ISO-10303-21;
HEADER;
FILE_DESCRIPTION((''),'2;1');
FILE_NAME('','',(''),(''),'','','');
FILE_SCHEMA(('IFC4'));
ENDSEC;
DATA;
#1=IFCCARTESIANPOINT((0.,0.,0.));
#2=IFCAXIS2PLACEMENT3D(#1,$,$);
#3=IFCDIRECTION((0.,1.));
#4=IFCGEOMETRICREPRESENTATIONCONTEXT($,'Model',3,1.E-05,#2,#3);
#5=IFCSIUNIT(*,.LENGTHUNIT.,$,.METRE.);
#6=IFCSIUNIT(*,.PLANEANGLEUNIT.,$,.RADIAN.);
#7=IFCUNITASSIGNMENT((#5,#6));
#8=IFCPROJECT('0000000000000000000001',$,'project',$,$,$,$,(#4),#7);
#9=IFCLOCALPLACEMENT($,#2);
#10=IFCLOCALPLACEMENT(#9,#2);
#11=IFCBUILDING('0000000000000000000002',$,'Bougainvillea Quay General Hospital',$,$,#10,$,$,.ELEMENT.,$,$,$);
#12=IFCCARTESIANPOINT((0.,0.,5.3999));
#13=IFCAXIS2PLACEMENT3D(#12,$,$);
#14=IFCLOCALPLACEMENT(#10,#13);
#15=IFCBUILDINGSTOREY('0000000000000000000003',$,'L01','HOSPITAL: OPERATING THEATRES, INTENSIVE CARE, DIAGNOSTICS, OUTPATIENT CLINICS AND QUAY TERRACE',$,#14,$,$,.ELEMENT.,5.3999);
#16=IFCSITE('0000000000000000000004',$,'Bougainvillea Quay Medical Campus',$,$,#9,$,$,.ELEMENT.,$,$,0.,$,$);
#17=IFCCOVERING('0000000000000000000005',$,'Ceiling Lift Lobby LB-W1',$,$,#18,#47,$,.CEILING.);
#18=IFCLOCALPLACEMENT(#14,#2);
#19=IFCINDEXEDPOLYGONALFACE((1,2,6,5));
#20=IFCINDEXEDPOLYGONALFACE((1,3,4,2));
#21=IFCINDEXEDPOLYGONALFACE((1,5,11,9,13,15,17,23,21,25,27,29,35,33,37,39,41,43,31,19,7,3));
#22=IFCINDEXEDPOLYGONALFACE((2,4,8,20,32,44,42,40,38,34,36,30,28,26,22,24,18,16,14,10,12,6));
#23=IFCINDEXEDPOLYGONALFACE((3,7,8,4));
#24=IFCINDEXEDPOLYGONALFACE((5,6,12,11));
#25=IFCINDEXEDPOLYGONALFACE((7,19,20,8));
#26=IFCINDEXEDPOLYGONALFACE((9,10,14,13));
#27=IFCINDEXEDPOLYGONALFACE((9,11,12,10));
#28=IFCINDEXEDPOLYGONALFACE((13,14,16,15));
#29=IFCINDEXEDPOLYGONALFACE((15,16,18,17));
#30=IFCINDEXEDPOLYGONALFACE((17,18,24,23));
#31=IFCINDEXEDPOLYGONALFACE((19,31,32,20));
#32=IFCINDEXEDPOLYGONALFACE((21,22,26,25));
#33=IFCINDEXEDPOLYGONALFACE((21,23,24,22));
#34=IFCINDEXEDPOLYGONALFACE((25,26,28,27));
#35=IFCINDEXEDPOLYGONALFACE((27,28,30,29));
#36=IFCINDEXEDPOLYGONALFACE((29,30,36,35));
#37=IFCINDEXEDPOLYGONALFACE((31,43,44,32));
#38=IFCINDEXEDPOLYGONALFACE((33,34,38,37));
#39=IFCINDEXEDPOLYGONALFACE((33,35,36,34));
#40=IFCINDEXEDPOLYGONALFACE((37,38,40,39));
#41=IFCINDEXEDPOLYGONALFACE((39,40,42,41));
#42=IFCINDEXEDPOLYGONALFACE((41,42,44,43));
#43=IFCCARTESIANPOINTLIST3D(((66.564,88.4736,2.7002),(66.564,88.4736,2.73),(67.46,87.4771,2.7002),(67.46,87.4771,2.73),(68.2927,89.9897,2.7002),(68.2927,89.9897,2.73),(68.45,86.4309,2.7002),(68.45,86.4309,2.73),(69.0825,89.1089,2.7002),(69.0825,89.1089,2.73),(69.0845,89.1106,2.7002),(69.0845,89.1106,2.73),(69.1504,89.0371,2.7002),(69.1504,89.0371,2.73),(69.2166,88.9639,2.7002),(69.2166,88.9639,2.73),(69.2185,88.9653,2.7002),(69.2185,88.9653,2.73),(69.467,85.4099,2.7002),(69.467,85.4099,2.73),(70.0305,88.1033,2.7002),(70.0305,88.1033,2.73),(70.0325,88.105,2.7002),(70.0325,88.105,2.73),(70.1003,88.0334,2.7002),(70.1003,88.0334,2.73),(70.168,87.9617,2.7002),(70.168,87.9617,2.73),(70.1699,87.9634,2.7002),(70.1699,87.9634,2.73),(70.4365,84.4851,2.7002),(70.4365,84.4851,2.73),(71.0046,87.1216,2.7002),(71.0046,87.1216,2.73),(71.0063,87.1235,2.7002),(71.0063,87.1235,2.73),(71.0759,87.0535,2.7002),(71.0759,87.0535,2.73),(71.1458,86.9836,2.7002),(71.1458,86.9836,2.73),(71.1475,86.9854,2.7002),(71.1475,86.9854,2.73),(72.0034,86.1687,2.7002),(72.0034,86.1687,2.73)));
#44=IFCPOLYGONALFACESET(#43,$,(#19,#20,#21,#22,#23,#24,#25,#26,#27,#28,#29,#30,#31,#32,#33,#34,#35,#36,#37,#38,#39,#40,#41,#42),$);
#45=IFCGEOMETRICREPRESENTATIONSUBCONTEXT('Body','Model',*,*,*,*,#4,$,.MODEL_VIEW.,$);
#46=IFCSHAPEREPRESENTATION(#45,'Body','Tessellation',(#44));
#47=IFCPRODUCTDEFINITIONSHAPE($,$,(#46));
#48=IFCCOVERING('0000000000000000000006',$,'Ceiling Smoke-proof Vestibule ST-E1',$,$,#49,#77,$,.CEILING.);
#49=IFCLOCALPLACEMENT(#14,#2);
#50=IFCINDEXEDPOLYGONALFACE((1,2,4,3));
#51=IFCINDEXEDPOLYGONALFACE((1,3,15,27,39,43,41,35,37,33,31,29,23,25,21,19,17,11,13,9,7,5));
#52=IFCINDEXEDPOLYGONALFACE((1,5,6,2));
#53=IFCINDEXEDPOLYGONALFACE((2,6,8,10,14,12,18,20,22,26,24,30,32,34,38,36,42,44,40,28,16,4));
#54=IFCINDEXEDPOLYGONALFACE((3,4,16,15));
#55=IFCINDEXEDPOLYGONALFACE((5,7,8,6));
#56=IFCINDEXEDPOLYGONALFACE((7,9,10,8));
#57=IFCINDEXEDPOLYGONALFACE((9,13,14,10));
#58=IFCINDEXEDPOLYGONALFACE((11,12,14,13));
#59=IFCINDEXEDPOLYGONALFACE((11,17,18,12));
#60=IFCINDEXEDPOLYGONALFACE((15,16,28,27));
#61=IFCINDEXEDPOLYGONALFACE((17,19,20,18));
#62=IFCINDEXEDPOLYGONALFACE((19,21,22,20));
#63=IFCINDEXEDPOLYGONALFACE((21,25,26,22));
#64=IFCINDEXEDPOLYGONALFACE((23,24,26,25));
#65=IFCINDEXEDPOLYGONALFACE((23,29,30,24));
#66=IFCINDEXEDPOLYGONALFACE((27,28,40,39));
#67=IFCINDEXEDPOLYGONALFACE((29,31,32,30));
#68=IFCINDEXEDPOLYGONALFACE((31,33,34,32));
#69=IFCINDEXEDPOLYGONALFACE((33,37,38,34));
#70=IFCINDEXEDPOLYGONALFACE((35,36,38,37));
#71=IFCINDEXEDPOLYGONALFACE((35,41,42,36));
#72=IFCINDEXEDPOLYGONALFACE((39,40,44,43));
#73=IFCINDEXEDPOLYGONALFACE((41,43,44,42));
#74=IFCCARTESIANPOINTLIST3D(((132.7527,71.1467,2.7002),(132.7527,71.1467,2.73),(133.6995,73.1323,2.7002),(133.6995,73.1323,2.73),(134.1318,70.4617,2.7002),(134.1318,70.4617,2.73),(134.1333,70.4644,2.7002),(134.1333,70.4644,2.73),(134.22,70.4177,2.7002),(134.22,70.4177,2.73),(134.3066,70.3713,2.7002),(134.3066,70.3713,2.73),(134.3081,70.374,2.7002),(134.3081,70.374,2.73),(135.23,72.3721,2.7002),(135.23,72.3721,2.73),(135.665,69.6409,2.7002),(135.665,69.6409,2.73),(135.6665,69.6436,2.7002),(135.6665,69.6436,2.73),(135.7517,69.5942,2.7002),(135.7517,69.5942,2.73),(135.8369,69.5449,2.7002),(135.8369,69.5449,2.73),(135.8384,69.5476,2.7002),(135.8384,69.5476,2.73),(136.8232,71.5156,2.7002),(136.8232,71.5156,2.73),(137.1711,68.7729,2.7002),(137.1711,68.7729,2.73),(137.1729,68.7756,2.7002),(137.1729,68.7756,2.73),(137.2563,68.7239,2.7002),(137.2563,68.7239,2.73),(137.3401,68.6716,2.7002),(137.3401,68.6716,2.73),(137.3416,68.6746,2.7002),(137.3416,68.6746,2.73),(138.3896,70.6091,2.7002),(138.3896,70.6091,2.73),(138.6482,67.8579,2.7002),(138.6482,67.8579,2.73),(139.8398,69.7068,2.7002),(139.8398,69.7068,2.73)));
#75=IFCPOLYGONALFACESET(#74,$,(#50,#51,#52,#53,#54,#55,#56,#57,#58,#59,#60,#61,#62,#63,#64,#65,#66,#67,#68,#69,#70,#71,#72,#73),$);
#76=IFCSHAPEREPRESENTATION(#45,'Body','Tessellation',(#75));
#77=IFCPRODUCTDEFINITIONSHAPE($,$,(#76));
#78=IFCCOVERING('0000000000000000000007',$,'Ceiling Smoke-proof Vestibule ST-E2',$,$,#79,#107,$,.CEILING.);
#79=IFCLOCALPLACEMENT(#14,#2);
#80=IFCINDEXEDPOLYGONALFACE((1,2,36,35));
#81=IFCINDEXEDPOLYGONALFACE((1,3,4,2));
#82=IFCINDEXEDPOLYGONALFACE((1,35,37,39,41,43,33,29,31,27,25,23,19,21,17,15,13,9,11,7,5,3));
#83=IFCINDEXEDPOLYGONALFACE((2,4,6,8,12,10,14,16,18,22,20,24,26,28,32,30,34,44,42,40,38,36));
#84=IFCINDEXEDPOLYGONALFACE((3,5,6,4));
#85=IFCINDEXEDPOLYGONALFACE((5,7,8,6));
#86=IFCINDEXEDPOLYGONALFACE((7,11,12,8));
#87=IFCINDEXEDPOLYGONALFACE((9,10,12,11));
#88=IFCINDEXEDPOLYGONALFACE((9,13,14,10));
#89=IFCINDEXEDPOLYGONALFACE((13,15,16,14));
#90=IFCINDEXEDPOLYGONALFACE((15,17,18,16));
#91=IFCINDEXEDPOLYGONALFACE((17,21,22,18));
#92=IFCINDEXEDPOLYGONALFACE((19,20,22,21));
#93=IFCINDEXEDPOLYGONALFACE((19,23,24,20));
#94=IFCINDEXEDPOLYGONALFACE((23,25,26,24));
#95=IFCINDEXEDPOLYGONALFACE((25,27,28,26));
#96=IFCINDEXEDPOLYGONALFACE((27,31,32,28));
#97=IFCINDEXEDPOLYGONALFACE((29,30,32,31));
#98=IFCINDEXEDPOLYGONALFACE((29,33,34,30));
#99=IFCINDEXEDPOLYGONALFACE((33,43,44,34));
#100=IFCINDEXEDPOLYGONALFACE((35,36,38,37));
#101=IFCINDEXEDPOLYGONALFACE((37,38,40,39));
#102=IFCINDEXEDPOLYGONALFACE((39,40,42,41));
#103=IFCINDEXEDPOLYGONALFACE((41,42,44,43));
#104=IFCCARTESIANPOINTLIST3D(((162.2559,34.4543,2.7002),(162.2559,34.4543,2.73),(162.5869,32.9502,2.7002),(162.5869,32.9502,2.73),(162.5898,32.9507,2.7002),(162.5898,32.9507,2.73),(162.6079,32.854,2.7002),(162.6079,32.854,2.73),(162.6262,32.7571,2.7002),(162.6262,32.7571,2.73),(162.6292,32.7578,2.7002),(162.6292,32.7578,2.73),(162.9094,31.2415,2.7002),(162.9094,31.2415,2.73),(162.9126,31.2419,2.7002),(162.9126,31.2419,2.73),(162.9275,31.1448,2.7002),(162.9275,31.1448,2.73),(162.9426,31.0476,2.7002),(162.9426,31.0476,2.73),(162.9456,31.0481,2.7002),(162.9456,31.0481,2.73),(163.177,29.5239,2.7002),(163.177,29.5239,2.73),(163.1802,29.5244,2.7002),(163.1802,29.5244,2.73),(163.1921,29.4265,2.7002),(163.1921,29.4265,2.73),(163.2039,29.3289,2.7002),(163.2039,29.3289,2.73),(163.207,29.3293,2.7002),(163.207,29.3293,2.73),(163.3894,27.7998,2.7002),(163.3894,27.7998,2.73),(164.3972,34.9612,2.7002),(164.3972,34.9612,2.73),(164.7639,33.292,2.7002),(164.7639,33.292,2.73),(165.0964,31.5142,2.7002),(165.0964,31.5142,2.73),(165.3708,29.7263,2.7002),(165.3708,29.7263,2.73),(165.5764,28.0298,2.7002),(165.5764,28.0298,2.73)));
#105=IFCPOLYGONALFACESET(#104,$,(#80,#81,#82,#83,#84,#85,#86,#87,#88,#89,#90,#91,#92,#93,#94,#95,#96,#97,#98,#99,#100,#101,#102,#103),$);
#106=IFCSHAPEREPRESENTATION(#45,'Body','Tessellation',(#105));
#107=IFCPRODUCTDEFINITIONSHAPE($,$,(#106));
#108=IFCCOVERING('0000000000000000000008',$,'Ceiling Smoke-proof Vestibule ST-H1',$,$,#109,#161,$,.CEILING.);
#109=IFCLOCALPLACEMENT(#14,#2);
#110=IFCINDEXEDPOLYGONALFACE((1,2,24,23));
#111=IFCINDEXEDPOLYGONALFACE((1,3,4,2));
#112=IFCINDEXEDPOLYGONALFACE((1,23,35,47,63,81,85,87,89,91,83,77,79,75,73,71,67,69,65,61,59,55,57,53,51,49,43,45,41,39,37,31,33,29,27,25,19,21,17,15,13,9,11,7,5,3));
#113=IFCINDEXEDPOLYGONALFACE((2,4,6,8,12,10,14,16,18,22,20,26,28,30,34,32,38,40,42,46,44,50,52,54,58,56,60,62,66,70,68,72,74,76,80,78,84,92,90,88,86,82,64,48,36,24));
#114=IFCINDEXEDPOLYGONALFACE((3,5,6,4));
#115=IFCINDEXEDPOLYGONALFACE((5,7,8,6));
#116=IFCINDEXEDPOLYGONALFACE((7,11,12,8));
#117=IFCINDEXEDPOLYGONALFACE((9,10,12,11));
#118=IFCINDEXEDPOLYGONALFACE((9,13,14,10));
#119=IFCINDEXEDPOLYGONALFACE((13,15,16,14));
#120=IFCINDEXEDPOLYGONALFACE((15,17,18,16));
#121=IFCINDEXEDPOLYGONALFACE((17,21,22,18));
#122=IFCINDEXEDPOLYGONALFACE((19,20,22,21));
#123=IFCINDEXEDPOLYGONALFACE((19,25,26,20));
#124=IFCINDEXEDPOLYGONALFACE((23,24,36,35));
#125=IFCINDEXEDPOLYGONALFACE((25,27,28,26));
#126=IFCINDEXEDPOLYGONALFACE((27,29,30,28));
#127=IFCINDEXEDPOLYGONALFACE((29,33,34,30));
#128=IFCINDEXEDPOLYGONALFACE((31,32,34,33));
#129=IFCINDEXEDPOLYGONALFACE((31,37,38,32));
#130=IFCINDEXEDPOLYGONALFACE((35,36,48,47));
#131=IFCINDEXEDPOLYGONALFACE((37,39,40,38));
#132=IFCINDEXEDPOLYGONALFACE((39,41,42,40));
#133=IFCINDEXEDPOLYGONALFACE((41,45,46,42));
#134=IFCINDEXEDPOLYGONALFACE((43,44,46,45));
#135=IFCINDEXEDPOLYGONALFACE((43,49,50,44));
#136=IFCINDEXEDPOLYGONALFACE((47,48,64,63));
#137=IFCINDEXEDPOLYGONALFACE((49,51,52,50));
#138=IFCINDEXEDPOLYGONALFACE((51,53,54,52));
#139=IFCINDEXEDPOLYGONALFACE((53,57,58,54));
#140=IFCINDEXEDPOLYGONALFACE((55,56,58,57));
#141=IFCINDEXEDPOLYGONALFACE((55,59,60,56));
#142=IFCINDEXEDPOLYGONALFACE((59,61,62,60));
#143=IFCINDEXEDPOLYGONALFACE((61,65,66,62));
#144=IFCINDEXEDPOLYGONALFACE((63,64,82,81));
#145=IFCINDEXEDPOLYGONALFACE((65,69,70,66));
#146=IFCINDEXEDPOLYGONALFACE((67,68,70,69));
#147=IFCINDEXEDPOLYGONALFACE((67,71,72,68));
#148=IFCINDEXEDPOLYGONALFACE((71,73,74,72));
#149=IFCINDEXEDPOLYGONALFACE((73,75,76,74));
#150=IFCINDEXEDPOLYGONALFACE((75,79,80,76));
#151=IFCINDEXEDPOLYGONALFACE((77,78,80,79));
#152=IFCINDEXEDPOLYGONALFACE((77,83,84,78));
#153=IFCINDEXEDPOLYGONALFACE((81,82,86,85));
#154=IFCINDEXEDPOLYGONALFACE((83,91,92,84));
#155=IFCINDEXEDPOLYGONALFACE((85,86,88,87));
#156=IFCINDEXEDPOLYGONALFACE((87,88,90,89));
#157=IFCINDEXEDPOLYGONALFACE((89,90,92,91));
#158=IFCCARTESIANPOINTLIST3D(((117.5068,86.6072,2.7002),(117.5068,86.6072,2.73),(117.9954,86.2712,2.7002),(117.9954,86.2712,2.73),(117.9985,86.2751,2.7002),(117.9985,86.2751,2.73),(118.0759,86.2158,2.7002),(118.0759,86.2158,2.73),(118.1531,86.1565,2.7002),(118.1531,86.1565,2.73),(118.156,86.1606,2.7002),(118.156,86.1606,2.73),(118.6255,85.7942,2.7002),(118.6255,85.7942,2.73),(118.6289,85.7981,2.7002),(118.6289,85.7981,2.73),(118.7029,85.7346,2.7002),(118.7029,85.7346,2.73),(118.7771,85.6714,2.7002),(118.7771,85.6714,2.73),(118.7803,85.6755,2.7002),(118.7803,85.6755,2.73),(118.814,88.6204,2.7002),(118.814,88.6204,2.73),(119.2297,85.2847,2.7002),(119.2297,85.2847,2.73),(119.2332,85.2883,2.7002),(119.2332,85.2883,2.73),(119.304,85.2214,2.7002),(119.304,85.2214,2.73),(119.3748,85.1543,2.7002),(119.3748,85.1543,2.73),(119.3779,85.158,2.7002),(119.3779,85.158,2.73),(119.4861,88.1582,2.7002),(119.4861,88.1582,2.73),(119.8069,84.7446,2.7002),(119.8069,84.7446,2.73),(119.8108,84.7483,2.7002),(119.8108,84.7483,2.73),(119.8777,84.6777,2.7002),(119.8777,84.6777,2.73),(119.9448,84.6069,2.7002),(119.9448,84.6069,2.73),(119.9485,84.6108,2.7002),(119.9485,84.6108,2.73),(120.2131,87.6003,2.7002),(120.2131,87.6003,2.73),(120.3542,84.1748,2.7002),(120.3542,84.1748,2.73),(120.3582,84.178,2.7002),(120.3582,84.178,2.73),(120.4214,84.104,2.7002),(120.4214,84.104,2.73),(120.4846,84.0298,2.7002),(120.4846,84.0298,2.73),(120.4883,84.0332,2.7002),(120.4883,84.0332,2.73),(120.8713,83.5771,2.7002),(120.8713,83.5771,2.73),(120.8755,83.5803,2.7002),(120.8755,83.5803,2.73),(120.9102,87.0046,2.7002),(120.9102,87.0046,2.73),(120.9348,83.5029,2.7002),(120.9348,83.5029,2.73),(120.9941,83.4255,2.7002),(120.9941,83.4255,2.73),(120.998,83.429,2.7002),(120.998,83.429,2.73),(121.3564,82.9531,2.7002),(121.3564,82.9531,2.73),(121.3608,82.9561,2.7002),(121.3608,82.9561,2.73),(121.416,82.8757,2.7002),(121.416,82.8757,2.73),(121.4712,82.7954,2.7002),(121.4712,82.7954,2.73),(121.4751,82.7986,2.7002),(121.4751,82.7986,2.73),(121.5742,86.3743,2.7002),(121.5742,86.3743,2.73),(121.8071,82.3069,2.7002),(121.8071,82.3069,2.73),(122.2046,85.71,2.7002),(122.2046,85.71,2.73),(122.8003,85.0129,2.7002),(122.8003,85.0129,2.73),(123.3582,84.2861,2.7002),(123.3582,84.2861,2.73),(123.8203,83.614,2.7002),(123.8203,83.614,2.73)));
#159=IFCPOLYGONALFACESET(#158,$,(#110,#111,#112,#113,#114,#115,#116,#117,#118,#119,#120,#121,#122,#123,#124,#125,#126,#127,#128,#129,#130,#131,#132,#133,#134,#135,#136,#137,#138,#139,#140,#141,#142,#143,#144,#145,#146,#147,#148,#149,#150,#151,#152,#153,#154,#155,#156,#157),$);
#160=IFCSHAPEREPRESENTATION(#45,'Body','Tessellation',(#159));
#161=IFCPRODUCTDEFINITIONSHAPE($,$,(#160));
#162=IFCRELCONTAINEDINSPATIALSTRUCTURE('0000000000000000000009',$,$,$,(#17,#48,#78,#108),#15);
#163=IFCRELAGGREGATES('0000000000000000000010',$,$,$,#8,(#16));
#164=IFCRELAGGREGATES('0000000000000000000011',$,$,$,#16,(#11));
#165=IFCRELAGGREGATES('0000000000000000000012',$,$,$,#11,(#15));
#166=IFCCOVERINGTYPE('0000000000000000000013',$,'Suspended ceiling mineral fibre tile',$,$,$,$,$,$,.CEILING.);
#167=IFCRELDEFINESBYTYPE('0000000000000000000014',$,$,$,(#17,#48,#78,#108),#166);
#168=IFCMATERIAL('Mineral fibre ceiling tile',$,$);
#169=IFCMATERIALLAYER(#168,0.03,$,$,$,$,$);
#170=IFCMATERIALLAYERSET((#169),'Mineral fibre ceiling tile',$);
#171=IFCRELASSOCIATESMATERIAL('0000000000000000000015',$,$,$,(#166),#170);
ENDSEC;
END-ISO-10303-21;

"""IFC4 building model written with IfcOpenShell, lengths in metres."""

from ifc_helpers import new_model, si_unit, direction, frame, origin, place, context, subcontext, project, spatial, polyline, outline, extrude, material, layer, layer_set, type_object, element, save


model = new_model("IFC4")

# Units and contexts
model_context = context("Model", 3, precision=1e-05, world=origin(), true_north=direction((0.0, 1.0)))
body_context = subcontext(model_context, "Body", "Model", "MODEL_VIEW")
ifc_project = project(units=[si_unit("LENGTHUNIT", "METRE"), si_unit("PLANEANGLEUNIT", "RADIAN")], contexts=[model_context])

# Site, building, storey
site_placement = place(None, origin())
site = spatial("IfcSite", under=ifc_project, at=site_placement, Name="Bougainvillea Quay Medical Campus", CompositionType="ELEMENT", RefElevation=0.0)
building_placement = place(site_placement, origin())
building = spatial("IfcBuilding", under=site, at=building_placement, Name="Bougainvillea Quay General Hospital", CompositionType="ELEMENT")
storey_placement = place(building_placement, frame((0.0, 0.0, 5.3999)))
storey = spatial("IfcBuildingStorey", under=building, at=storey_placement, Name="L01", Description="HOSPITAL: OPERATING THEATRES, INTENSIVE CARE, DIAGNOSTICS, OUTPATIENT CLINICS AND QUAY TERRACE", CompositionType="ELEMENT", Elevation=5.3999)

# Coverings
ifc_material = material(Name="Mineral fibre ceiling tile")
ifc_layer = layer(ifc_material, 0.03)
ifc_layer_set = layer_set([ifc_layer], Name="Mineral fibre ceiling tile")
covering_type = type_object("IfcCoveringType", Name="Suspended ceiling mineral fibre tile", PredefinedType="CEILING", material=ifc_layer_set)
covering_1_placement = place(storey_placement, frame((0.0, 0.0, 2.7002)))
element("IfcCovering", 1, at=covering_1_placement, inside=storey, type_object=covering_type, Name="Ceiling Lift Lobby LB-W1", PredefinedType="CEILING", context=body_context, shape_type="SweptSolid", body=[
    extrude(outline(polyline([(70.4365, 84.4851), (72.0034, 86.1687), (71.1475, 86.9854), (71.1458, 86.9836), (71.0759, 87.0535), (71.0046, 87.1216), (71.0063, 87.1235), (70.1699, 87.9634), (70.168, 87.9617), (70.1003, 88.0334), (70.0305, 88.1033), (70.0325, 88.105), (69.2185, 88.9653), (69.2166, 88.9639), (69.1504, 89.0371), (69.0825, 89.1089), (69.0845, 89.1106), (68.2927, 89.9897), (66.564, 88.4736), (67.46, 87.4771), (68.45, 86.4309), (69.467, 85.4099), (70.4365, 84.4851)])), origin(), (0.0, 0.0, 1.0), 0.0298),
])
covering_2_placement = place(storey_placement, frame((0.0, 0.0, 2.7002)))
element("IfcCovering", 2, at=covering_2_placement, inside=storey, type_object=covering_type, Name="Ceiling Smoke-proof Vestibule ST-E1", PredefinedType="CEILING", context=body_context, shape_type="SweptSolid", body=[
    extrude(outline(polyline([(134.1318, 70.4617), (134.1333, 70.4644), (134.22, 70.4177), (134.3081, 70.374), (134.3066, 70.3713), (135.665, 69.6409), (135.6665, 69.6436), (135.7517, 69.5942), (135.8384, 69.5476), (135.8369, 69.5449), (137.1711, 68.7729), (137.1729, 68.7756), (137.2563, 68.7239), (137.3416, 68.6746), (137.3401, 68.6716), (138.6482, 67.8579), (139.8398, 69.7068), (138.3896, 70.6091), (136.8232, 71.5156), (135.23, 72.3721), (133.6995, 73.1323), (132.7527, 71.1467), (134.1318, 70.4617)])), origin(), (0.0, 0.0, 1.0), 0.0298),
])
covering_3_placement = place(storey_placement, frame((0.0, 0.0, 2.7002)))
element("IfcCovering", 3, at=covering_3_placement, inside=storey, type_object=covering_type, Name="Ceiling Smoke-proof Vestibule ST-E2", PredefinedType="CEILING", context=body_context, shape_type="SweptSolid", body=[
    extrude(outline(polyline([(162.2559, 34.4543), (162.5869, 32.9502), (162.5898, 32.9507), (162.6079, 32.854), (162.6292, 32.7578), (162.6262, 32.7571), (162.9094, 31.2415), (162.9126, 31.2419), (162.9275, 31.1448), (162.9456, 31.0481), (162.9426, 31.0476), (163.177, 29.5239), (163.1802, 29.5244), (163.1921, 29.4265), (163.207, 29.3293), (163.2039, 29.3289), (163.3894, 27.7998), (165.5764, 28.0298), (165.3708, 29.7263), (165.0964, 31.5142), (164.7639, 33.292), (164.3972, 34.9612), (162.2559, 34.4543)])), origin(), (0.0, 0.0, 1.0), 0.0298),
])
covering_4_placement = place(storey_placement, frame((0.0, 0.0, 2.7002)))
element("IfcCovering", 4, at=covering_4_placement, inside=storey, type_object=covering_type, Name="Ceiling Smoke-proof Vestibule ST-H1", PredefinedType="CEILING", context=body_context, shape_type="SweptSolid", body=[
    extrude(outline(polyline([(120.8713, 83.5771), (120.8755, 83.5803), (120.9348, 83.5029), (120.998, 83.429), (120.9941, 83.4255), (121.3564, 82.9531), (121.3608, 82.9561), (121.416, 82.8757), (121.4751, 82.7986), (121.4712, 82.7954), (121.8071, 82.3069), (123.8203, 83.614), (123.3582, 84.2861), (122.8003, 85.0129), (122.2046, 85.71), (121.5742, 86.3743), (120.9102, 87.0046), (120.2131, 87.6003), (119.4861, 88.1582), (118.814, 88.6204), (117.5068, 86.6072), (117.9954, 86.2712), (117.9985, 86.2751), (118.0759, 86.2158), (118.156, 86.1606), (118.1531, 86.1565), (118.6255, 85.7942), (118.6289, 85.7981), (118.7029, 85.7346), (118.7803, 85.6755), (118.7771, 85.6714), (119.2297, 85.2847), (119.2332, 85.2883), (119.304, 85.2214), (119.3779, 85.158), (119.3748, 85.1543), (119.8069, 84.7446), (119.8108, 84.7483), (119.8777, 84.6777), (119.9485, 84.6108), (119.9448, 84.6069), (120.3542, 84.1748), (120.3582, 84.178), (120.4214, 84.104), (120.4883, 84.0332), (120.4846, 84.0298), (120.8713, 83.5771)])), origin(), (0.0, 0.0, 1.0), 0.0298),
])

save(model, "model.ifc")
